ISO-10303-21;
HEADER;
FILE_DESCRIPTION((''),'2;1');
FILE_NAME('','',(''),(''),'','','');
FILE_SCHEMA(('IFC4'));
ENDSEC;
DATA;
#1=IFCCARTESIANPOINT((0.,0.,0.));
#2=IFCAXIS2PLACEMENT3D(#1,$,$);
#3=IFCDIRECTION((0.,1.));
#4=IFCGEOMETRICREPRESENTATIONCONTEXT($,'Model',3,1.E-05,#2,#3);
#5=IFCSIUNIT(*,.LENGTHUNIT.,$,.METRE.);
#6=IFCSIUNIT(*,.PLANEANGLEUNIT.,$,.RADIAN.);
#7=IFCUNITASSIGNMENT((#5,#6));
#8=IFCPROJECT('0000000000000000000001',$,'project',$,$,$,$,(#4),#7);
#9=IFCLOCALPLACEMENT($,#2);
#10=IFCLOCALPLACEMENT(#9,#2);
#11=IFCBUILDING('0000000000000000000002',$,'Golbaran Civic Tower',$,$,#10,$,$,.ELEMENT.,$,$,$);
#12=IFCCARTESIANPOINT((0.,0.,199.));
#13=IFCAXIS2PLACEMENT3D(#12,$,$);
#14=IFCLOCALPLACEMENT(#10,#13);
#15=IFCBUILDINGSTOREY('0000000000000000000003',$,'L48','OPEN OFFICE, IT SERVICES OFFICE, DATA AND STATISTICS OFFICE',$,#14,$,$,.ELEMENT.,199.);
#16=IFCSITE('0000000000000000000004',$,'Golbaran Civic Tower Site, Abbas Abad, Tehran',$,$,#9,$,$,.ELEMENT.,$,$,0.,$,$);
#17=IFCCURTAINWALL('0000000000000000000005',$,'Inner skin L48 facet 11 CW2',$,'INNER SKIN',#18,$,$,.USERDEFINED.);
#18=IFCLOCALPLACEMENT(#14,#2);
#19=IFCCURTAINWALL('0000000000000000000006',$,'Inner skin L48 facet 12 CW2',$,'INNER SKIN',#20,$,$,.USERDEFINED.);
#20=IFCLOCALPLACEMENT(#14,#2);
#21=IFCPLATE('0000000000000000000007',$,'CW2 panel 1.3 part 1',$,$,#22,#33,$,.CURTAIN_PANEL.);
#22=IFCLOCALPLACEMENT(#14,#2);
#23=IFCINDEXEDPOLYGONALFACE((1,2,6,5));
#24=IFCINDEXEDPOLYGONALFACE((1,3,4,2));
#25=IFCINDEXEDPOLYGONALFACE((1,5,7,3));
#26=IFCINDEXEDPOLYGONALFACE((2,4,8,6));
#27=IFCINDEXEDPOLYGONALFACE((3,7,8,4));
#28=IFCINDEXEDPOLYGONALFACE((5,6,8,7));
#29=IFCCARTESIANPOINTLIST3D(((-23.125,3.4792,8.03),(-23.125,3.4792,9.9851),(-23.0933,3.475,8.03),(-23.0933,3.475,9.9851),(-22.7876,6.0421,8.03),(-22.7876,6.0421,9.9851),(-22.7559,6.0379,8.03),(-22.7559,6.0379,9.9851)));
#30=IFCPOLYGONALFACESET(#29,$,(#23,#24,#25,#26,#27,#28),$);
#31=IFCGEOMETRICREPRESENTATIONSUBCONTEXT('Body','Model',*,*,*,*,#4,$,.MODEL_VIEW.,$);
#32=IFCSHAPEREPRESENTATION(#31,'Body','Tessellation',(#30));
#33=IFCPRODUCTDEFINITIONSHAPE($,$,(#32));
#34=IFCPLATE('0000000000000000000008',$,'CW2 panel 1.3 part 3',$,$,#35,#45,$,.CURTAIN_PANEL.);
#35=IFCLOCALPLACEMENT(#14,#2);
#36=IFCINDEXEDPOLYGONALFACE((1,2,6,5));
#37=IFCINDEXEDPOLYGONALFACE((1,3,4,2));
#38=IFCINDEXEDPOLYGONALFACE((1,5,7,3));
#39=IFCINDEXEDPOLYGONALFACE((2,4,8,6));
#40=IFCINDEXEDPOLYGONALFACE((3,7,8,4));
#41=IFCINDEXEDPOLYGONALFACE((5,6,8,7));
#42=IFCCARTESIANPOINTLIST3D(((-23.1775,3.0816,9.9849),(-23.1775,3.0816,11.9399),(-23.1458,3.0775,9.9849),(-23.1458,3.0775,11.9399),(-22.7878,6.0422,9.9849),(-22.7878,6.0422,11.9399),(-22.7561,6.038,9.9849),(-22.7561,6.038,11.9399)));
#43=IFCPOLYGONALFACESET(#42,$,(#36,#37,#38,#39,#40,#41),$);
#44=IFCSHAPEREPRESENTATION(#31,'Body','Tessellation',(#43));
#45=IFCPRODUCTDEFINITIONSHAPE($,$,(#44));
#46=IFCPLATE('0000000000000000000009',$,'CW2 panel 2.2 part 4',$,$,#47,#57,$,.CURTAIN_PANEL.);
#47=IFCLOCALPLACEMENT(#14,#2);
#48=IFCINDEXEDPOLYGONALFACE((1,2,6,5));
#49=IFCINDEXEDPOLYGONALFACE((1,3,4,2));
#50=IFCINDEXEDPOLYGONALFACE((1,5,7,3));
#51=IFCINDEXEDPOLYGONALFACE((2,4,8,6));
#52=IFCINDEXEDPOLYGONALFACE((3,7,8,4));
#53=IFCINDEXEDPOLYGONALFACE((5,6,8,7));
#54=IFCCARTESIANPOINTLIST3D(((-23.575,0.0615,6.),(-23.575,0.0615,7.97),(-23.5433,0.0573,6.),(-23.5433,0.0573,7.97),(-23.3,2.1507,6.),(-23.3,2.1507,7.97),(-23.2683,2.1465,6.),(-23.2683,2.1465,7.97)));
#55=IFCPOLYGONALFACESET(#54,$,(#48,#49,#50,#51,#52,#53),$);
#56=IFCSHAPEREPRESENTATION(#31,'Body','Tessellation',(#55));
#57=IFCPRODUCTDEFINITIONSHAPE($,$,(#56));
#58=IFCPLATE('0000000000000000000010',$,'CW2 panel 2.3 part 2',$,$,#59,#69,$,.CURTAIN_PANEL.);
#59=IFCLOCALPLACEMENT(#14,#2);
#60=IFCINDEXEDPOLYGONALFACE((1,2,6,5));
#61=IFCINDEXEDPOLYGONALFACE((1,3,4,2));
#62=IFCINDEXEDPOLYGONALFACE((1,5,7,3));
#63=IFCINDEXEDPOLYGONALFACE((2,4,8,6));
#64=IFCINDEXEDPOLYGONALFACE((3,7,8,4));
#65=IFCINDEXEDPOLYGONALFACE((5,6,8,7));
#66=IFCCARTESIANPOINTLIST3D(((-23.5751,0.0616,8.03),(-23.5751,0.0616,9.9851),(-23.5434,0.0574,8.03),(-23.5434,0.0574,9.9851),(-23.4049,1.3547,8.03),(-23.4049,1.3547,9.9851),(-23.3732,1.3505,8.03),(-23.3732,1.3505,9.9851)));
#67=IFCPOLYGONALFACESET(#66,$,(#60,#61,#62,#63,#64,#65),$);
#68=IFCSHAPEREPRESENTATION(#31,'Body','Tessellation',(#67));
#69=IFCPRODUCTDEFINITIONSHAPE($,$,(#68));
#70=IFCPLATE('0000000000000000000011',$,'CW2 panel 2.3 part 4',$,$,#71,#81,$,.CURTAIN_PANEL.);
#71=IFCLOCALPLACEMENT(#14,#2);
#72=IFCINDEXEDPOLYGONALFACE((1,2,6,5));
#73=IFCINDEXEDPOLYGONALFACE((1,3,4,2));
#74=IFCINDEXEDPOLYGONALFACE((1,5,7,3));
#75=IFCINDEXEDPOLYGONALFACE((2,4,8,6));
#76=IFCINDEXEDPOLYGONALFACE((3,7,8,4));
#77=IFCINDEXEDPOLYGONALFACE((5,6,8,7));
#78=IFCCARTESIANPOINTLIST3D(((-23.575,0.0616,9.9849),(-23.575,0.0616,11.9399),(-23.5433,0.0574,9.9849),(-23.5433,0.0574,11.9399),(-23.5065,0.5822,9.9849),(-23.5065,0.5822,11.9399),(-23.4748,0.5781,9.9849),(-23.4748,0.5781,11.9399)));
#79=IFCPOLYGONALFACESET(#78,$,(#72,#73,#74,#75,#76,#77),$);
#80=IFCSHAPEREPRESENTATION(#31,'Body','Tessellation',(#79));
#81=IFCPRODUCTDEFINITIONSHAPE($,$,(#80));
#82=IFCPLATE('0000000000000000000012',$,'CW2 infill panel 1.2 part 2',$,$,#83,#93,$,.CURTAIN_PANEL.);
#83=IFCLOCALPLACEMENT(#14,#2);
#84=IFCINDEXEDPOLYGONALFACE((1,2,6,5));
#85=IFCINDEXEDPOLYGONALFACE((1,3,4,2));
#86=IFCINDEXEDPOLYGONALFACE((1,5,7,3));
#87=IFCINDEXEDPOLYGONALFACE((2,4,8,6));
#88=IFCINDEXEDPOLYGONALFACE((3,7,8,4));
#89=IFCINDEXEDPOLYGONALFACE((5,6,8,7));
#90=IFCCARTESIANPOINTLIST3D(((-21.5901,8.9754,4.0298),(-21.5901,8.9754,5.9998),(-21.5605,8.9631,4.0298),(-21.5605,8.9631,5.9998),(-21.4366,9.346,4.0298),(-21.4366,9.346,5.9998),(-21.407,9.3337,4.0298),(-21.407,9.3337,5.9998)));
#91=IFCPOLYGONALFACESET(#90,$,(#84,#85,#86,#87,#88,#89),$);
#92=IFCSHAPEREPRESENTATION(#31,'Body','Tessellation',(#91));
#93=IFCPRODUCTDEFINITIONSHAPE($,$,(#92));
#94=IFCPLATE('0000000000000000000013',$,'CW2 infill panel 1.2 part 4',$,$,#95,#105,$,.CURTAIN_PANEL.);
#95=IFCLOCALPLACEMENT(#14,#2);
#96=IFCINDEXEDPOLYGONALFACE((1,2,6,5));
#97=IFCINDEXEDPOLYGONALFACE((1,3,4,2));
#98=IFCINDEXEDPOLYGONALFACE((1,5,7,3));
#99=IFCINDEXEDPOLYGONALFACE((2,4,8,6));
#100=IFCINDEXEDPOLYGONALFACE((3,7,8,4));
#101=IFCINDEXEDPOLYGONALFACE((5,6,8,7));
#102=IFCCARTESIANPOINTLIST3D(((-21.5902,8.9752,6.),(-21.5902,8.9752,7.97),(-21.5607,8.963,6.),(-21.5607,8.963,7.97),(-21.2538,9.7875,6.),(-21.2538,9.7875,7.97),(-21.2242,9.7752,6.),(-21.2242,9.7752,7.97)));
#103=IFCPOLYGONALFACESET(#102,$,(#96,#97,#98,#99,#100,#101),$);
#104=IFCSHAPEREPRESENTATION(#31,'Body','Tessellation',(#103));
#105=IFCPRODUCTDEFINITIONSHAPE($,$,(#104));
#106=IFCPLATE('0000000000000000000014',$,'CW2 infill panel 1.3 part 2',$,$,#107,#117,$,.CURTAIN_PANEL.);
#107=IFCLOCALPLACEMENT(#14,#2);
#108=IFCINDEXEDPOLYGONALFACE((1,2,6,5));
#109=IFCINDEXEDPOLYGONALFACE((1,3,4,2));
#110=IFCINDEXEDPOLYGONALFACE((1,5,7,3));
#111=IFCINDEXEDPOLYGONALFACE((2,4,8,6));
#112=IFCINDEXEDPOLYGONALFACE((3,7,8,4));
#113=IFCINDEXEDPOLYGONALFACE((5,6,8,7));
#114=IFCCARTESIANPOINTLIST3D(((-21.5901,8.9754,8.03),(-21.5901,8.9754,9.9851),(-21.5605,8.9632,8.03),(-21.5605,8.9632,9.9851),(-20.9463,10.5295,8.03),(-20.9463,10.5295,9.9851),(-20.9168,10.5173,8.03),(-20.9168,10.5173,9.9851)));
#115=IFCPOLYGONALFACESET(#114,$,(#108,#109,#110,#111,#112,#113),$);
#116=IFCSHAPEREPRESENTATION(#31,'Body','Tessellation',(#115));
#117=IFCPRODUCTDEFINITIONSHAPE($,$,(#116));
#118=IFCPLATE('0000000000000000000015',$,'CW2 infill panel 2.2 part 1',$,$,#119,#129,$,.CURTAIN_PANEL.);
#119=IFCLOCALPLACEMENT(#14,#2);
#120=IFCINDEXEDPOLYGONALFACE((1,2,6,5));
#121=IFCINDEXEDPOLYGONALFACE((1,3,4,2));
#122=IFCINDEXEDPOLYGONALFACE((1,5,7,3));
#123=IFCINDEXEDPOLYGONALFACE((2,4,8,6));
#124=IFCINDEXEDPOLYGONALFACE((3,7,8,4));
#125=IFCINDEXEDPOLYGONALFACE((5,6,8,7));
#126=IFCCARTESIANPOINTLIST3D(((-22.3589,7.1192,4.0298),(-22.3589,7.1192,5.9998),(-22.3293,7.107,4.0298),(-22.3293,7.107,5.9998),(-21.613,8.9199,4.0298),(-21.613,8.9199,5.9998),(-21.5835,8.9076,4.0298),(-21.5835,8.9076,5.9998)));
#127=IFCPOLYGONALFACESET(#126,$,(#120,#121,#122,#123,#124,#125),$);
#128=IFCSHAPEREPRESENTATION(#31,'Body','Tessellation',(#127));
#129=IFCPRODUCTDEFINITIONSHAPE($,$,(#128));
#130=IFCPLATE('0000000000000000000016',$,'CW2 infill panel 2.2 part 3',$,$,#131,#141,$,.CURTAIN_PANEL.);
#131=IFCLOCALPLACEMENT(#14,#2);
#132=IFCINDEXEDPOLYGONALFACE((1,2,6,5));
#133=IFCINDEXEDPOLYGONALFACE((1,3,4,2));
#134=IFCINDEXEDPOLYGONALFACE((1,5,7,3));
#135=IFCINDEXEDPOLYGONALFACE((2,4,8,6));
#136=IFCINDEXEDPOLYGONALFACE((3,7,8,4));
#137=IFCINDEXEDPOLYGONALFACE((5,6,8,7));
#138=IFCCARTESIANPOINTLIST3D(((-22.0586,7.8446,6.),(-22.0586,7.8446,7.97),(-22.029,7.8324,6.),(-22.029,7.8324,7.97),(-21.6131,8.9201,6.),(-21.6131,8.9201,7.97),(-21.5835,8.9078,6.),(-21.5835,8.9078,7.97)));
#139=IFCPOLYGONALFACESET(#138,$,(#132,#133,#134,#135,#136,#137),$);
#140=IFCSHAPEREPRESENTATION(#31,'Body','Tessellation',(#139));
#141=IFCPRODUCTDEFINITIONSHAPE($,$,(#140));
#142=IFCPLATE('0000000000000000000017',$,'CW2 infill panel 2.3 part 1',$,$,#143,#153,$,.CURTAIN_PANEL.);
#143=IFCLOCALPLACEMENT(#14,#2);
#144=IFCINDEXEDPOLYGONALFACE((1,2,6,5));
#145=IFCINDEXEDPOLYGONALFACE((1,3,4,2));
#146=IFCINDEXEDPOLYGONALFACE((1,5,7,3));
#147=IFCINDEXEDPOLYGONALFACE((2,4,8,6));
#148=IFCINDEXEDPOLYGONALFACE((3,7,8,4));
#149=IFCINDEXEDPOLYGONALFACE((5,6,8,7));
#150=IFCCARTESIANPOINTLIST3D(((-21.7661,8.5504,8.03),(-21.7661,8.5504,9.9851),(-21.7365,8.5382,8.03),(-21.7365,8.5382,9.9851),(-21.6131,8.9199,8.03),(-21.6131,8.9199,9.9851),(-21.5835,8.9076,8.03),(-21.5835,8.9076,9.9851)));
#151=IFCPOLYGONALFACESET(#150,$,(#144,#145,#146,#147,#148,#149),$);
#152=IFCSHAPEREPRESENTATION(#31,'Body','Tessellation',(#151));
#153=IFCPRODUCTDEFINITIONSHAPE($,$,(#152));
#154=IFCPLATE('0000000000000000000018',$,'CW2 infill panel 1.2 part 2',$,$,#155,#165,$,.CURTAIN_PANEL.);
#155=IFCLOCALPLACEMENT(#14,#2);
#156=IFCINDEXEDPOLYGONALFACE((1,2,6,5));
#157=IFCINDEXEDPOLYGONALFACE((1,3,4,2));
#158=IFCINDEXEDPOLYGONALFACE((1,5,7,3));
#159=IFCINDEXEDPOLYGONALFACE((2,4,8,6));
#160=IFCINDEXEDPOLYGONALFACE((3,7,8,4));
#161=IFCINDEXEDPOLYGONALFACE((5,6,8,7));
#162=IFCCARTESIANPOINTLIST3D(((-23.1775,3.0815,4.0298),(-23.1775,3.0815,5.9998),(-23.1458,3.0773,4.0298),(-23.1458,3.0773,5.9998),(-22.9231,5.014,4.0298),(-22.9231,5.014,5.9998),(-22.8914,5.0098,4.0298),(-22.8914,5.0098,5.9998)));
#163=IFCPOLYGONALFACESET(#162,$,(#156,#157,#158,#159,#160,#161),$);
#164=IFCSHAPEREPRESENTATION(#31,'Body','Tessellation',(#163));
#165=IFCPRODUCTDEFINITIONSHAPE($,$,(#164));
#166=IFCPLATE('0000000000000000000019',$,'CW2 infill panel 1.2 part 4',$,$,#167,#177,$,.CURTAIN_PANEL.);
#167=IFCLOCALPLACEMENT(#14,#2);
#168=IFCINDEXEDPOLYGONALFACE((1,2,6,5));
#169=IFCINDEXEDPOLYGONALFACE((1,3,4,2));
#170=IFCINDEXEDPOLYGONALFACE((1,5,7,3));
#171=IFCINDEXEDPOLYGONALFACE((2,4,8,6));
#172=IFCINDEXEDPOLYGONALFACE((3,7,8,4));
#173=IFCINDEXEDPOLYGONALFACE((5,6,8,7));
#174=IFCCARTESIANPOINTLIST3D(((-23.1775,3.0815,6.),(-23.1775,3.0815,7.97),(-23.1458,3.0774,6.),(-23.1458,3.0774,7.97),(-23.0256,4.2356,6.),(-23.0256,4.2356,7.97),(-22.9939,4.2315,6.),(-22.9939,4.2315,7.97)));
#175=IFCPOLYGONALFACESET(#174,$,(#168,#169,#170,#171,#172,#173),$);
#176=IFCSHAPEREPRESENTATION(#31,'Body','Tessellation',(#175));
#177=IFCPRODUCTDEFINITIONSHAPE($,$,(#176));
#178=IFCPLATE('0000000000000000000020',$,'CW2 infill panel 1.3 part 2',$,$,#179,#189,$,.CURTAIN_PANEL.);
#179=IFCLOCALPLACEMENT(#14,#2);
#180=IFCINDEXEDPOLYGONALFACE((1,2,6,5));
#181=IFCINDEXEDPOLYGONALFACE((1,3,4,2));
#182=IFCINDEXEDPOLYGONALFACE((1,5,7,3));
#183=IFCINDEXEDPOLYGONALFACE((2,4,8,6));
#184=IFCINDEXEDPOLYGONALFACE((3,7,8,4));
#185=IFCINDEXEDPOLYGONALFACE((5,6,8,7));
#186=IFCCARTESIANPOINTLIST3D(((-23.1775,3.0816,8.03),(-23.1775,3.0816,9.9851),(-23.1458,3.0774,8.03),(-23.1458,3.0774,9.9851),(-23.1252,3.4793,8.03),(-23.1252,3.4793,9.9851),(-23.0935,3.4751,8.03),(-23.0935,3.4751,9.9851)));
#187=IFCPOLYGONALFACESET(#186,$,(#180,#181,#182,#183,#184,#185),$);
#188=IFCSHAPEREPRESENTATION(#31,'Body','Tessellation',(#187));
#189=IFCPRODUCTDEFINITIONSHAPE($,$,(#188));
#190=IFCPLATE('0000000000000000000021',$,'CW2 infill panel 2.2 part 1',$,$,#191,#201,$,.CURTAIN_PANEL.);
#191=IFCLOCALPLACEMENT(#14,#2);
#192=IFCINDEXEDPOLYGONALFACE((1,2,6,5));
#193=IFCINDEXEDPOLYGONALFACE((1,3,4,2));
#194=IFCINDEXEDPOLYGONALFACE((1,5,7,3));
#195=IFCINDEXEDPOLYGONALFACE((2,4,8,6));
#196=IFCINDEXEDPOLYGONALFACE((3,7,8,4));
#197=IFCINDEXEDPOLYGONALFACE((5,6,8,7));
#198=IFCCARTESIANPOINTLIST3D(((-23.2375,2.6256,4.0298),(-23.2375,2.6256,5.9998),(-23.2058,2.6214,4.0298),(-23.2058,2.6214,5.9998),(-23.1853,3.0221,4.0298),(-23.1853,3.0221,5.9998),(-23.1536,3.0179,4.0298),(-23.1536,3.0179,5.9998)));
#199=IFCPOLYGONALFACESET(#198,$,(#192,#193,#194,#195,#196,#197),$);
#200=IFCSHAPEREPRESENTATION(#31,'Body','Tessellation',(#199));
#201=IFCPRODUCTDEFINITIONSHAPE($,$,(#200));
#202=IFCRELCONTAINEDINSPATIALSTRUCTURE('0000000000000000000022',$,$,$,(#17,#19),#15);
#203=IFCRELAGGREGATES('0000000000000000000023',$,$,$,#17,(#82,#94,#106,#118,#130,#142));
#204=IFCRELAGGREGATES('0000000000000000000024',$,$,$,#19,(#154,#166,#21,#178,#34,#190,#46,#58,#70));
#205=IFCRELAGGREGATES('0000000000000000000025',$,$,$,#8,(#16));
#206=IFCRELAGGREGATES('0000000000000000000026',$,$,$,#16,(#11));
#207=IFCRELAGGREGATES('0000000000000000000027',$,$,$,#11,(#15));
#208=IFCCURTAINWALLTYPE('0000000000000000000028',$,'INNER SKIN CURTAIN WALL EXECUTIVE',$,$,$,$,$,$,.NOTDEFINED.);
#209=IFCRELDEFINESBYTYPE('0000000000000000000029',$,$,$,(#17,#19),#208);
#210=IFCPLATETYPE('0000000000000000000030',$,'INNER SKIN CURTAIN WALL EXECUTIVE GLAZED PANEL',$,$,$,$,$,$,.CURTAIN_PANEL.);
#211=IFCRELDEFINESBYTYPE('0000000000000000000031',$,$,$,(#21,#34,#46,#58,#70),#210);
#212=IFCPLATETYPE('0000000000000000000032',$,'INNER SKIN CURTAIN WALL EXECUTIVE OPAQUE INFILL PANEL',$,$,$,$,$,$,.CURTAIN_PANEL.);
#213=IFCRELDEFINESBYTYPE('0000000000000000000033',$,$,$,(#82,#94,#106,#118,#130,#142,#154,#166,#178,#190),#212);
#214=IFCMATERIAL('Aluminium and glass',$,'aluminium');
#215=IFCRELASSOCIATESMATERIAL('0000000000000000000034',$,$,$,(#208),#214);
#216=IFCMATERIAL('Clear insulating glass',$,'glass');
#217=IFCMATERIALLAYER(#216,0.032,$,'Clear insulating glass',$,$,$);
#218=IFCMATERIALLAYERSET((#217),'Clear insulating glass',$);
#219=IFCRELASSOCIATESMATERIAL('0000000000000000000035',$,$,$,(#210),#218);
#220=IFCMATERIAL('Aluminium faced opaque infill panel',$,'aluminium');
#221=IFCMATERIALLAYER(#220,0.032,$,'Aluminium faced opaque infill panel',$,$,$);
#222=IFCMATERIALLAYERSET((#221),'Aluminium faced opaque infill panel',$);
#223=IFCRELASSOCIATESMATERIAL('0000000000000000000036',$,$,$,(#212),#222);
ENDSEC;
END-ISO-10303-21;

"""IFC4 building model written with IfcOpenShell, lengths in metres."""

from ifc_helpers import new_model, si_unit, direction, frame, origin, origin_2d, place, context, subcontext, project, spatial, rectangle, extrude, material, layer, layer_set, type_object, element, aggregate, save


model = new_model("IFC4")

# Units and contexts
model_context = context("Model", 3, precision=1e-05, world=origin(), true_north=direction((0.0, 1.0)))
body_context = subcontext(model_context, "Body", "Model", "MODEL_VIEW")
ifc_project = project(units=[si_unit("LENGTHUNIT", "METRE"), si_unit("PLANEANGLEUNIT", "RADIAN")], contexts=[model_context])

# Site, building, storey
site_placement = place(None, origin())
site = spatial("IfcSite", under=ifc_project, at=site_placement, Name="Golbaran Civic Tower Site, Abbas Abad, Tehran", CompositionType="ELEMENT", RefElevation=0.0)
building_placement = place(site_placement, origin())
building = spatial("IfcBuilding", under=site, at=building_placement, Name="Golbaran Civic Tower", CompositionType="ELEMENT")
storey_placement = place(building_placement, frame((0.0, 0.0, 199.0)))
storey = spatial("IfcBuildingStorey", under=building, at=storey_placement, Name="L48", Description="OPEN OFFICE, IT SERVICES OFFICE, DATA AND STATISTICS OFFICE", CompositionType="ELEMENT", Elevation=199.0)

# Curtain walls
ifc_material_1 = material(Name="Aluminium and glass", Category="aluminium")
curtain_wall_type_1 = type_object("IfcCurtainWallType", Name="INNER SKIN CURTAIN WALL EXECUTIVE", PredefinedType="NOTDEFINED", material=ifc_material_1)
curtain_wall_1_placement = place(storey_placement, origin())
curtain_wall_1 = element("IfcCurtainWall", 1, at=curtain_wall_1_placement, inside=storey, type_object=curtain_wall_type_1, Name="Inner skin L48 facet 11 CW2", ObjectType="INNER SKIN", PredefinedType="USERDEFINED")
curtain_wall_2_placement = place(storey_placement, origin())
curtain_wall_2 = element("IfcCurtainWall", 2, at=curtain_wall_2_placement, inside=storey, type_object=curtain_wall_type_1, Name="Inner skin L48 facet 12 CW2", ObjectType="INNER SKIN", PredefinedType="USERDEFINED")

# Plates
ifc_material_2 = material(Name="Clear insulating glass", Category="glass")
ifc_layer_1 = layer(ifc_material_2, 0.032, Name="Clear insulating glass")
ifc_layer_set_1 = layer_set([ifc_layer_1], Name="Clear insulating glass")
plate_type_1 = type_object("IfcPlateType", Name="INNER SKIN CURTAIN WALL EXECUTIVE GLAZED PANEL", PredefinedType="CURTAIN_PANEL", material=ifc_layer_set_1)
plate_1_placement = place(storey_placement, frame((-22.9404, 4.7585, 8.03), z_axis=(0.0, 0.0, 1.0), x_axis=(-0.130526, -0.991445, 0.0)))
plate_1 = element("IfcPlate", 3, at=plate_1_placement, type_object=plate_type_1, Name="CW2 panel 1.3 part 1", PredefinedType="CURTAIN_PANEL", context=body_context, shape_type="SweptSolid", body=[
    extrude(rectangle(XDim=2.585, YDim=0.032, at=origin_2d()), origin(), (0.0, 0.0, 1.0), 1.9551),
])
plate_2_placement = place(storey_placement, frame((-22.9668, 4.5598, 9.9849), z_axis=(0.0, 0.0, 1.0), x_axis=(-0.130526, -0.991445, 0.0)))
plate_2 = element("IfcPlate", 4, at=plate_2_placement, type_object=plate_type_1, Name="CW2 panel 1.3 part 3", PredefinedType="CURTAIN_PANEL", context=body_context, shape_type="SweptSolid", body=[
    extrude(rectangle(XDim=2.9861, YDim=0.032, at=origin_2d()), origin(), (0.0, 0.0, 1.0), 1.9551),
])
plate_3_placement = place(storey_placement, frame((-23.4216, 1.104, 6.0), z_axis=(0.0, 0.0, 1.0), x_axis=(-0.130526, -0.991445, 0.0)))
plate_3 = element("IfcPlate", 5, at=plate_3_placement, type_object=plate_type_1, Name="CW2 panel 2.2 part 4", PredefinedType="CURTAIN_PANEL", context=body_context, shape_type="SweptSolid", body=[
    extrude(rectangle(XDim=2.1072, YDim=0.032, at=origin_2d()), origin(), (0.0, 0.0, 1.0), 1.97),
])
plate_4_placement = place(storey_placement, frame((-23.4741, 0.7061, 8.03), z_axis=(0.0, 0.0, 1.0), x_axis=(-0.130526, -0.991445, 0.0)))
plate_4 = element("IfcPlate", 6, at=plate_4_placement, type_object=plate_type_1, Name="CW2 panel 2.3 part 2", PredefinedType="CURTAIN_PANEL", context=body_context, shape_type="SweptSolid", body=[
    extrude(rectangle(XDim=1.3042, YDim=0.032, at=origin_2d()), origin(), (0.0, 0.0, 1.0), 1.9551),
])
plate_5_placement = place(storey_placement, frame((-23.5249, 0.3198, 9.9849), z_axis=(0.0, 0.0, 1.0), x_axis=(-0.130526, -0.991445, 0.0)))
plate_5 = element("IfcPlate", 7, at=plate_5_placement, type_object=plate_type_1, Name="CW2 panel 2.3 part 4", PredefinedType="CURTAIN_PANEL", context=body_context, shape_type="SweptSolid", body=[
    extrude(rectangle(XDim=0.5251, YDim=0.032, at=origin_2d()), origin(), (0.0, 0.0, 1.0), 1.9551),
])
ifc_material_3 = material(Name="Aluminium faced opaque infill panel", Category="aluminium")
ifc_layer_2 = layer(ifc_material_3, 0.032, Name="Aluminium faced opaque infill panel")
ifc_layer_set_2 = layer_set([ifc_layer_2], Name="Aluminium faced opaque infill panel")
plate_type_2 = type_object("IfcPlateType", Name="INNER SKIN CURTAIN WALL EXECUTIVE OPAQUE INFILL PANEL", PredefinedType="CURTAIN_PANEL", material=ifc_layer_set_2)
plate_6_placement = place(storey_placement, frame((-21.4985, 9.1545, 4.0298), z_axis=(0.0, 0.0, 1.0), x_axis=(-0.382683, -0.92388, 0.0)))
plate_6 = element("IfcPlate", 8, at=plate_6_placement, type_object=plate_type_2, Name="CW2 infill panel 1.2 part 2", PredefinedType="CURTAIN_PANEL", context=body_context, shape_type="SweptSolid", body=[
    extrude(rectangle(XDim=0.4011, YDim=0.032, at=origin_2d()), origin(), (0.0, 0.0, 1.0), 1.97),
])
plate_7_placement = place(storey_placement, frame((-21.4072, 9.3752, 6.0), z_axis=(0.0, 0.0, 1.0), x_axis=(-0.382683, -0.92388, 0.0)))
plate_7 = element("IfcPlate", 9, at=plate_7_placement, type_object=plate_type_2, Name="CW2 infill panel 1.2 part 4", PredefinedType="CURTAIN_PANEL", context=body_context, shape_type="SweptSolid", body=[
    extrude(rectangle(XDim=0.8792, YDim=0.032, at=origin_2d()), origin(), (0.0, 0.0, 1.0), 1.97),
])
plate_8_placement = place(storey_placement, frame((-21.2534, 9.7463, 8.03), z_axis=(0.0, 0.0, 1.0), x_axis=(-0.382683, -0.92388, 0.0)))
plate_8 = element("IfcPlate", 10, at=plate_8_placement, type_object=plate_type_2, Name="CW2 infill panel 1.3 part 2", PredefinedType="CURTAIN_PANEL", context=body_context, shape_type="SweptSolid", body=[
    extrude(rectangle(XDim=1.6821, YDim=0.032, at=origin_2d()), origin(), (0.0, 0.0, 1.0), 1.9551),
])
plate_9_placement = place(storey_placement, frame((-21.9712, 8.0134, 4.0298), z_axis=(0.0, 0.0, 1.0), x_axis=(-0.382683, -0.92388, 0.0)))
plate_9 = element("IfcPlate", 11, at=plate_9_placement, type_object=plate_type_2, Name="CW2 infill panel 2.2 part 1", PredefinedType="CURTAIN_PANEL", context=body_context, shape_type="SweptSolid", body=[
    extrude(rectangle(XDim=1.949, YDim=0.032, at=origin_2d()), origin(), (0.0, 0.0, 1.0), 1.97),
])
plate_10_placement = place(storey_placement, frame((-21.821, 8.3762, 6.0), z_axis=(0.0, 0.0, 1.0), x_axis=(-0.382683, -0.92388, 0.0)))
plate_10 = element("IfcPlate", 12, at=plate_10_placement, type_object=plate_type_2, Name="CW2 infill panel 2.2 part 3", PredefinedType="CURTAIN_PANEL", context=body_context, shape_type="SweptSolid", body=[
    extrude(rectangle(XDim=1.1641, YDim=0.032, at=origin_2d()), origin(), (0.0, 0.0, 1.0), 1.97),
])
plate_11_placement = place(storey_placement, frame((-21.6748, 8.729, 8.03), z_axis=(0.0, 0.0, 1.0), x_axis=(-0.382683, -0.92388, 0.0)))
plate_11 = element("IfcPlate", 13, at=plate_11_placement, type_object=plate_type_2, Name="CW2 infill panel 2.3 part 1", PredefinedType="CURTAIN_PANEL", context=body_context, shape_type="SweptSolid", body=[
    extrude(rectangle(XDim=0.3999, YDim=0.032, at=origin_2d()), origin(), (0.0, 0.0, 1.0), 1.9551),
])
aggregate(curtain_wall_1, [plate_6, plate_7, plate_8, plate_9, plate_10, plate_11])
plate_12_placement = place(storey_placement, frame((-23.0344, 4.0457, 4.0298), z_axis=(0.0, 0.0, 1.0), x_axis=(-0.130526, -0.991445, 0.0)))
plate_12 = element("IfcPlate", 14, at=plate_12_placement, type_object=plate_type_2, Name="CW2 infill panel 1.2 part 2", PredefinedType="CURTAIN_PANEL", context=body_context, shape_type="SweptSolid", body=[
    extrude(rectangle(XDim=1.9492, YDim=0.032, at=origin_2d()), origin(), (0.0, 0.0, 1.0), 1.97),
])
plate_13_placement = place(storey_placement, frame((-23.0857, 3.6565, 6.0), z_axis=(0.0, 0.0, 1.0), x_axis=(-0.130526, -0.991445, 0.0)))
plate_13 = element("IfcPlate", 15, at=plate_13_placement, type_object=plate_type_2, Name="CW2 infill panel 1.2 part 4", PredefinedType="CURTAIN_PANEL", context=body_context, shape_type="SweptSolid", body=[
    extrude(rectangle(XDim=1.1641, YDim=0.032, at=origin_2d()), origin(), (0.0, 0.0, 1.0), 1.97),
])
plate_14_placement = place(storey_placement, frame((-23.1355, 3.2783, 8.03), z_axis=(0.0, 0.0, 1.0), x_axis=(-0.130526, -0.991445, 0.0)))
plate_14 = element("IfcPlate", 16, at=plate_14_placement, type_object=plate_type_2, Name="CW2 infill panel 1.3 part 2", PredefinedType="CURTAIN_PANEL", context=body_context, shape_type="SweptSolid", body=[
    extrude(rectangle(XDim=0.4011, YDim=0.032, at=origin_2d()), origin(), (0.0, 0.0, 1.0), 1.9551),
])
plate_15_placement = place(storey_placement, frame((-23.1956, 2.8218, 4.0298), z_axis=(0.0, 0.0, 1.0), x_axis=(-0.130526, -0.991445, 0.0)))
plate_15 = element("IfcPlate", 17, at=plate_15_placement, type_object=plate_type_2, Name="CW2 infill panel 2.2 part 1", PredefinedType="CURTAIN_PANEL", context=body_context, shape_type="SweptSolid", body=[
    extrude(rectangle(XDim=0.3999, YDim=0.032, at=origin_2d()), origin(), (0.0, 0.0, 1.0), 1.97),
])
aggregate(curtain_wall_2, [plate_12, plate_13, plate_1, plate_14, plate_2, plate_15, plate_3, plate_4, plate_5])

save(model, "model.ifc")
